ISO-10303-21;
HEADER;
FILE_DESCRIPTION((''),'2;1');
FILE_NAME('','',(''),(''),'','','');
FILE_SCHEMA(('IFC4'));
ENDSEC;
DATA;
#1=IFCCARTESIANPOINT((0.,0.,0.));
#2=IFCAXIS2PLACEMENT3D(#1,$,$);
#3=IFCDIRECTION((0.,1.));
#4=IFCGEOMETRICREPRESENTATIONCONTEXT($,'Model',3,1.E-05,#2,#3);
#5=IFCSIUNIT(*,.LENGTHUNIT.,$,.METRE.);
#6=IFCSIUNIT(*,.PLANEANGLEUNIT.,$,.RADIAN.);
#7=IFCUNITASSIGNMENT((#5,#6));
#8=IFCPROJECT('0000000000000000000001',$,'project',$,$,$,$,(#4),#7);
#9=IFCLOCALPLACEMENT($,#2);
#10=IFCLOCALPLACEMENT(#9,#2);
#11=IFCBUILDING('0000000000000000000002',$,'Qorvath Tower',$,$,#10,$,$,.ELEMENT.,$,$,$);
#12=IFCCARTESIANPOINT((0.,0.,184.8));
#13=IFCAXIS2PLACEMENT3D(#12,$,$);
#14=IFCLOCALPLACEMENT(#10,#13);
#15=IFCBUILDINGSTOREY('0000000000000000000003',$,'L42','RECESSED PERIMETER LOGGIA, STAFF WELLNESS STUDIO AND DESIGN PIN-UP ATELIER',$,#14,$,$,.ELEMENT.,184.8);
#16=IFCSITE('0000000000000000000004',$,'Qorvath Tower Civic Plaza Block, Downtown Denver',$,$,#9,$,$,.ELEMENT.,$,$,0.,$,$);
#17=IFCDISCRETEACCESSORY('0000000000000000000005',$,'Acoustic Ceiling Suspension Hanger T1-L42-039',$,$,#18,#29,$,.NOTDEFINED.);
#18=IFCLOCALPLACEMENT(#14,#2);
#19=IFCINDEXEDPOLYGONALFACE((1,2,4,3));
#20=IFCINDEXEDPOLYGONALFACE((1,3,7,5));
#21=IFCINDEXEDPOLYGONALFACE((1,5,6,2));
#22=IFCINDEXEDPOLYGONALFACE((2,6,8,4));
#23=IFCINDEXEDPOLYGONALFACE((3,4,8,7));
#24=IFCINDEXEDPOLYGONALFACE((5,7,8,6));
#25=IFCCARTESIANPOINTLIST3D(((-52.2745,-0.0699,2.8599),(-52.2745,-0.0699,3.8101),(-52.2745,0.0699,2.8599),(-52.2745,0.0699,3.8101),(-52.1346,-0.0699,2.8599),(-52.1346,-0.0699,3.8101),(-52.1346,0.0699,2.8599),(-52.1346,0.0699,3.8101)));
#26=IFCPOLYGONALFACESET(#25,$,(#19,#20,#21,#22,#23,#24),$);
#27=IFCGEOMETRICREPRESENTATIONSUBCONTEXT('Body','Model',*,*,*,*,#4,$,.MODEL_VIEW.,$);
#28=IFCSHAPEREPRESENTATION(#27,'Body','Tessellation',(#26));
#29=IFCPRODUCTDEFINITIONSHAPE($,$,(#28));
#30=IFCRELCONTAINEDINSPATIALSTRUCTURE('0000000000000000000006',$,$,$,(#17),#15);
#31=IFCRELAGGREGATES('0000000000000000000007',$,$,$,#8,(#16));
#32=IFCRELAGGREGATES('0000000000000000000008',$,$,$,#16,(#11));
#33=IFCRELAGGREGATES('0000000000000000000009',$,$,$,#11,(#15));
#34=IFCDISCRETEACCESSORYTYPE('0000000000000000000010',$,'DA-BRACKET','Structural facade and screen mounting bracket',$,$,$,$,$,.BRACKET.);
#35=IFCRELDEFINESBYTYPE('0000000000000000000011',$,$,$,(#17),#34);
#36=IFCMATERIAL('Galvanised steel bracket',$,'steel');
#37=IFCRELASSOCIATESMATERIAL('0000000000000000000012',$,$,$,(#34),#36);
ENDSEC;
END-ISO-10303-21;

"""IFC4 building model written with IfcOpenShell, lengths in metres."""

from ifc_helpers import new_model, si_unit, direction, frame, origin, origin_2d, place, context, subcontext, project, spatial, rectangle, extrude, material, type_object, element, save


model = new_model("IFC4")

# Units and contexts
model_context = context("Model", 3, precision=1e-05, world=origin(), true_north=direction((0.0, 1.0)))
body_context = subcontext(model_context, "Body", "Model", "MODEL_VIEW")
ifc_project = project(units=[si_unit("LENGTHUNIT", "METRE"), si_unit("PLANEANGLEUNIT", "RADIAN")], contexts=[model_context])

# Site, building, storey
site_placement = place(None, origin())
site = spatial("IfcSite", under=ifc_project, at=site_placement, Name="Qorvath Tower Civic Plaza Block, Downtown Denver", CompositionType="ELEMENT", RefElevation=0.0)
building_placement = place(site_placement, origin())
building = spatial("IfcBuilding", under=site, at=building_placement, Name="Qorvath Tower", CompositionType="ELEMENT")
storey_placement = place(building_placement, frame((0.0, 0.0, 184.8)))
storey = spatial("IfcBuildingStorey", under=building, at=storey_placement, Name="L42", Description="RECESSED PERIMETER LOGGIA, STAFF WELLNESS STUDIO AND DESIGN PIN-UP ATELIER", CompositionType="ELEMENT", Elevation=184.8)

# Discrete accessory
ifc_material_1 = material(Name="Galvanised steel bracket", Category="steel")
discrete_accessory_type = type_object("IfcDiscreteAccessoryType", Name="DA-BRACKET", Description="Structural facade and screen mounting bracket", PredefinedType="BRACKET", material=ifc_material_1)
for number, where, z_axis, x_axis, name in (
    (1, (-52.2046, 0.0, 2.8599), (0.0, 0.0, 1.0), (1.0, 0.0, 0.0), "Acoustic Ceiling Suspension Hanger T1-L42-039"),
):
    element("IfcDiscreteAccessory", number, at=place(storey_placement, frame(where, z_axis=z_axis, x_axis=x_axis)), inside=storey, type_object=discrete_accessory_type, Name=name, PredefinedType="NOTDEFINED", context=body_context, shape_type="SweptSolid", body=[
        extrude(rectangle(XDim=0.1399, YDim=0.1399, at=origin_2d()), origin(), (0.0, 0.0, 1.0), 0.9502),
    ])

save(model, "model.ifc")
